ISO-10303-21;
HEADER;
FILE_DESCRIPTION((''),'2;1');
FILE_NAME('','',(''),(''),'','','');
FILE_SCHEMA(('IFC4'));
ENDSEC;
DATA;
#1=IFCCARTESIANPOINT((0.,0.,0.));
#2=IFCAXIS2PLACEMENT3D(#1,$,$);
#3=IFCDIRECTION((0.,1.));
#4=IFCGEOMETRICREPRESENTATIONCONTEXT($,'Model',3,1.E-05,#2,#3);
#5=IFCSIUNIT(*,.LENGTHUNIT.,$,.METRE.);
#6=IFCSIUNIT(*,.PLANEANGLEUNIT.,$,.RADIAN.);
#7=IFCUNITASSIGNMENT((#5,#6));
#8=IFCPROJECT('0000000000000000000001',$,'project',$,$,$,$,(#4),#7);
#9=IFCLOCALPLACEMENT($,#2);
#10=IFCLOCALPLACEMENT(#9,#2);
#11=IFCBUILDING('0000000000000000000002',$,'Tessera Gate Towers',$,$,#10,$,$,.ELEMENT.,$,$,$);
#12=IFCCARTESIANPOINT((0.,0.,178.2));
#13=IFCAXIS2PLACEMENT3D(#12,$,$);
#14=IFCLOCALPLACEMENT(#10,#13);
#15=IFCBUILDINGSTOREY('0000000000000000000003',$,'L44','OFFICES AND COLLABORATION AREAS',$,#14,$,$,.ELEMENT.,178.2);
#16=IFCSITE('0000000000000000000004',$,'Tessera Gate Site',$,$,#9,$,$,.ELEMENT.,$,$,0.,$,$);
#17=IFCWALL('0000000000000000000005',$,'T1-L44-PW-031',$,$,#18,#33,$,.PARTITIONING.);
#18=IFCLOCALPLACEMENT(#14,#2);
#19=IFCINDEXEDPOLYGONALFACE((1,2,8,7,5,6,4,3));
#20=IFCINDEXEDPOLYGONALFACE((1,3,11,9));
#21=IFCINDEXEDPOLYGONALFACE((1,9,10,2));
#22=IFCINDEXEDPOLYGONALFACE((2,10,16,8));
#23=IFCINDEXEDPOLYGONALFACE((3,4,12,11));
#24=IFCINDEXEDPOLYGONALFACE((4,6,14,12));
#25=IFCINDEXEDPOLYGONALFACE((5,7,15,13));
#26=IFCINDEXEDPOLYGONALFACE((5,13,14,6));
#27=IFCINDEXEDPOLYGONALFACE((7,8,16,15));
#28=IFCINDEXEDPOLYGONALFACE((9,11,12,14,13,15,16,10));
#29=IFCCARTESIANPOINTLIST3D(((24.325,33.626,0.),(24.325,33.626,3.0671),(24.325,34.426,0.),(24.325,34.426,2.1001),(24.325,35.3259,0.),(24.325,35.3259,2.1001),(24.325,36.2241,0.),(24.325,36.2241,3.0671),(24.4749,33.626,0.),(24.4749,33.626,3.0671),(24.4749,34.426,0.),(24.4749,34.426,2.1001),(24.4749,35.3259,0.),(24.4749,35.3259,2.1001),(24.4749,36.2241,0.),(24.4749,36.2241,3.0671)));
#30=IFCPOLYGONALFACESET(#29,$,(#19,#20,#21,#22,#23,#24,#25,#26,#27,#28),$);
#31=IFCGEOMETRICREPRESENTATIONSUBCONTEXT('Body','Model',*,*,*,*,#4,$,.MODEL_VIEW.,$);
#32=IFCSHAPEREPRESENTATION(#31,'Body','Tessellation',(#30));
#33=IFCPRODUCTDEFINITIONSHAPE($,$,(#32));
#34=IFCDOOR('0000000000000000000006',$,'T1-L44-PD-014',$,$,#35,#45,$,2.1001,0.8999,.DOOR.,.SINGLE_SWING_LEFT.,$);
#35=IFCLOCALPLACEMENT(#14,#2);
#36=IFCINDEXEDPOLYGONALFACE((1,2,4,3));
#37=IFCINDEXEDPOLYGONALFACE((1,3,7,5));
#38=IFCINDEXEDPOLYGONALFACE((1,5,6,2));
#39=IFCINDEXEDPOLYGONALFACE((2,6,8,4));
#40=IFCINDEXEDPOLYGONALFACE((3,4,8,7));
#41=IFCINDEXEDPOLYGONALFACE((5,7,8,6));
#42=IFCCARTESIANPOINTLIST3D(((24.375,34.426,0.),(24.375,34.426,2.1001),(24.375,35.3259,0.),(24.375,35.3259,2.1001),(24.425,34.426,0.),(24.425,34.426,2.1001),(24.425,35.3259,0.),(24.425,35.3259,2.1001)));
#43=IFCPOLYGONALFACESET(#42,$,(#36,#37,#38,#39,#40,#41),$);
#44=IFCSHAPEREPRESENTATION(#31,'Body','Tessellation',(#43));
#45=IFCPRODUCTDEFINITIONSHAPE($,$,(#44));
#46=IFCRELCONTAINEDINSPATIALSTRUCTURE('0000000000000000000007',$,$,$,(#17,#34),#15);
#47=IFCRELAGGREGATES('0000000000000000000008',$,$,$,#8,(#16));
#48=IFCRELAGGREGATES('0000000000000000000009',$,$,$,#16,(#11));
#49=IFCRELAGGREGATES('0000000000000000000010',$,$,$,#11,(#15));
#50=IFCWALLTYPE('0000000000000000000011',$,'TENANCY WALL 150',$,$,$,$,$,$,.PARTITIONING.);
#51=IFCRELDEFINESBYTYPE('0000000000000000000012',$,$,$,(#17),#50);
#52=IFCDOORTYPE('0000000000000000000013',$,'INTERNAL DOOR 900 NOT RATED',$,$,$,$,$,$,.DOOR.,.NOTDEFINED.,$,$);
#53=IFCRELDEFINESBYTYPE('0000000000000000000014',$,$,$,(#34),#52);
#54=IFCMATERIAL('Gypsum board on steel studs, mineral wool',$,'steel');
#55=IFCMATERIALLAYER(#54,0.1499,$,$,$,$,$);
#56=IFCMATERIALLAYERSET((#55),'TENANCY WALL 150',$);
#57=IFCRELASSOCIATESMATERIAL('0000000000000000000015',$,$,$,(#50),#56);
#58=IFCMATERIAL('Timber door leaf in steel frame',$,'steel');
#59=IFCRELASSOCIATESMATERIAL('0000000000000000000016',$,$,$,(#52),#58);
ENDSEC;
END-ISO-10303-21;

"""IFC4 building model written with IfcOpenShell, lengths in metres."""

from ifc_helpers import new_model, si_unit, direction, frame, frame_2d, origin, place, context, subcontext, project, spatial, rectangle, extrude, source, transform, mapped, material, layer, layer_set, type_object, element, fill, save


model = new_model("IFC4")

# Units and contexts
model_context = context("Model", 3, precision=1e-05, world=origin(), true_north=direction((0.0, 1.0)))
body_context = subcontext(model_context, "Body", "Model", "MODEL_VIEW")
ifc_project = project(units=[si_unit("LENGTHUNIT", "METRE"), si_unit("PLANEANGLEUNIT", "RADIAN")], contexts=[model_context])

# Site, building, storey
site_placement = place(None, origin())
site = spatial("IfcSite", under=ifc_project, at=site_placement, Name="Tessera Gate Site", CompositionType="ELEMENT", RefElevation=0.0)
building_placement = place(site_placement, origin())
building = spatial("IfcBuilding", under=site, at=building_placement, Name="Tessera Gate Towers", CompositionType="ELEMENT")
storey_placement = place(building_placement, frame((0.0, 0.0, 178.2)))
storey = spatial("IfcBuildingStorey", under=building, at=storey_placement, Name="L44", Description="OFFICES AND COLLABORATION AREAS", CompositionType="ELEMENT", Elevation=178.2)

# Shared definitions
shared_shape_1 = source(origin(), body_context, "Body", "SweptSolid", [
    extrude(rectangle(XDim=0.8999, YDim=2.1001, at=frame_2d((0.45, 1.05))), frame((0.0, 0.0249, 0.0), z_axis=(0.0, -1.0, 0.0), x_axis=(1.0, 0.0, 0.0)), (0.0, 0.0, 1.0), 0.05),
])

# Shared definitions
shared_shape_2 = source(origin(), body_context, "Body", "SweptSolid", [
    extrude(rectangle(XDim=0.8999, YDim=2.1001, at=frame_2d((0.45, 1.05))), frame((0.0, 0.085, 0.0), z_axis=(0.0, -1.0, 0.0), x_axis=(1.0, 0.0, 0.0)), (0.0, 0.0, 1.0), 0.1699),
])

# Shared definitions
ifc_material_1 = material(Name="Gypsum board on steel studs, mineral wool", Category="steel")
ifc_layer_1 = layer(ifc_material_1, 0.1499)
ifc_layer_set_1 = layer_set([ifc_layer_1], Name="TENANCY WALL 150")
wall_type_1 = type_object("IfcWallType", Name="TENANCY WALL 150", PredefinedType="PARTITIONING", material=ifc_layer_set_1)

# Wall, opening, door
wall_1_placement = place(storey_placement, frame((24.3999, 33.626, 0.0), z_axis=(0.0, 0.0, 1.0), x_axis=(0.0, 1.0, 0.0)))
wall_1 = element("IfcWall", 1, at=wall_1_placement, inside=storey, type_object=wall_type_1, Name="T1-L44-PW-031", PredefinedType="PARTITIONING", context=body_context, shape_type="SweptSolid", body=[
    extrude(rectangle(XDim=2.5981, YDim=0.1499, at=frame_2d((1.2991, 0.0))), origin(), (0.0, 0.0, 1.0), 3.0671),
])
opening_1_placement = place(wall_1_placement, frame((0.8, 0.0, 0.0)))
opening_1 = element("IfcOpeningElement", 2, at=opening_1_placement, cuts=wall_1, PredefinedType="OPENING", context=body_context, shape_type="MappedRepresentation", body=[
    mapped(shared_shape_2, transform((0.0, 0.0, 0.0), scale=1.0)),
])
ifc_material_2 = material(Name="Timber door leaf in steel frame", Category="steel")
door_type_1 = type_object("IfcDoorType", Name="INTERNAL DOOR 900 NOT RATED", OperationType="NOTDEFINED", PredefinedType="DOOR", material=ifc_material_2)
door_1_placement = place(opening_1_placement, origin())
door_1 = element("IfcDoor", 3, at=door_1_placement, inside=storey, type_object=door_type_1, Name="T1-L44-PD-014", OperationType="SINGLE_SWING_LEFT", OverallHeight=2.1001, OverallWidth=0.8999, PredefinedType="DOOR", context=body_context, shape_type="MappedRepresentation", body=[
    mapped(shared_shape_1, transform((0.0, 0.0, 0.0), scale=1.0)),
])
fill(opening_1, door_1)

save(model, "model.ifc")
